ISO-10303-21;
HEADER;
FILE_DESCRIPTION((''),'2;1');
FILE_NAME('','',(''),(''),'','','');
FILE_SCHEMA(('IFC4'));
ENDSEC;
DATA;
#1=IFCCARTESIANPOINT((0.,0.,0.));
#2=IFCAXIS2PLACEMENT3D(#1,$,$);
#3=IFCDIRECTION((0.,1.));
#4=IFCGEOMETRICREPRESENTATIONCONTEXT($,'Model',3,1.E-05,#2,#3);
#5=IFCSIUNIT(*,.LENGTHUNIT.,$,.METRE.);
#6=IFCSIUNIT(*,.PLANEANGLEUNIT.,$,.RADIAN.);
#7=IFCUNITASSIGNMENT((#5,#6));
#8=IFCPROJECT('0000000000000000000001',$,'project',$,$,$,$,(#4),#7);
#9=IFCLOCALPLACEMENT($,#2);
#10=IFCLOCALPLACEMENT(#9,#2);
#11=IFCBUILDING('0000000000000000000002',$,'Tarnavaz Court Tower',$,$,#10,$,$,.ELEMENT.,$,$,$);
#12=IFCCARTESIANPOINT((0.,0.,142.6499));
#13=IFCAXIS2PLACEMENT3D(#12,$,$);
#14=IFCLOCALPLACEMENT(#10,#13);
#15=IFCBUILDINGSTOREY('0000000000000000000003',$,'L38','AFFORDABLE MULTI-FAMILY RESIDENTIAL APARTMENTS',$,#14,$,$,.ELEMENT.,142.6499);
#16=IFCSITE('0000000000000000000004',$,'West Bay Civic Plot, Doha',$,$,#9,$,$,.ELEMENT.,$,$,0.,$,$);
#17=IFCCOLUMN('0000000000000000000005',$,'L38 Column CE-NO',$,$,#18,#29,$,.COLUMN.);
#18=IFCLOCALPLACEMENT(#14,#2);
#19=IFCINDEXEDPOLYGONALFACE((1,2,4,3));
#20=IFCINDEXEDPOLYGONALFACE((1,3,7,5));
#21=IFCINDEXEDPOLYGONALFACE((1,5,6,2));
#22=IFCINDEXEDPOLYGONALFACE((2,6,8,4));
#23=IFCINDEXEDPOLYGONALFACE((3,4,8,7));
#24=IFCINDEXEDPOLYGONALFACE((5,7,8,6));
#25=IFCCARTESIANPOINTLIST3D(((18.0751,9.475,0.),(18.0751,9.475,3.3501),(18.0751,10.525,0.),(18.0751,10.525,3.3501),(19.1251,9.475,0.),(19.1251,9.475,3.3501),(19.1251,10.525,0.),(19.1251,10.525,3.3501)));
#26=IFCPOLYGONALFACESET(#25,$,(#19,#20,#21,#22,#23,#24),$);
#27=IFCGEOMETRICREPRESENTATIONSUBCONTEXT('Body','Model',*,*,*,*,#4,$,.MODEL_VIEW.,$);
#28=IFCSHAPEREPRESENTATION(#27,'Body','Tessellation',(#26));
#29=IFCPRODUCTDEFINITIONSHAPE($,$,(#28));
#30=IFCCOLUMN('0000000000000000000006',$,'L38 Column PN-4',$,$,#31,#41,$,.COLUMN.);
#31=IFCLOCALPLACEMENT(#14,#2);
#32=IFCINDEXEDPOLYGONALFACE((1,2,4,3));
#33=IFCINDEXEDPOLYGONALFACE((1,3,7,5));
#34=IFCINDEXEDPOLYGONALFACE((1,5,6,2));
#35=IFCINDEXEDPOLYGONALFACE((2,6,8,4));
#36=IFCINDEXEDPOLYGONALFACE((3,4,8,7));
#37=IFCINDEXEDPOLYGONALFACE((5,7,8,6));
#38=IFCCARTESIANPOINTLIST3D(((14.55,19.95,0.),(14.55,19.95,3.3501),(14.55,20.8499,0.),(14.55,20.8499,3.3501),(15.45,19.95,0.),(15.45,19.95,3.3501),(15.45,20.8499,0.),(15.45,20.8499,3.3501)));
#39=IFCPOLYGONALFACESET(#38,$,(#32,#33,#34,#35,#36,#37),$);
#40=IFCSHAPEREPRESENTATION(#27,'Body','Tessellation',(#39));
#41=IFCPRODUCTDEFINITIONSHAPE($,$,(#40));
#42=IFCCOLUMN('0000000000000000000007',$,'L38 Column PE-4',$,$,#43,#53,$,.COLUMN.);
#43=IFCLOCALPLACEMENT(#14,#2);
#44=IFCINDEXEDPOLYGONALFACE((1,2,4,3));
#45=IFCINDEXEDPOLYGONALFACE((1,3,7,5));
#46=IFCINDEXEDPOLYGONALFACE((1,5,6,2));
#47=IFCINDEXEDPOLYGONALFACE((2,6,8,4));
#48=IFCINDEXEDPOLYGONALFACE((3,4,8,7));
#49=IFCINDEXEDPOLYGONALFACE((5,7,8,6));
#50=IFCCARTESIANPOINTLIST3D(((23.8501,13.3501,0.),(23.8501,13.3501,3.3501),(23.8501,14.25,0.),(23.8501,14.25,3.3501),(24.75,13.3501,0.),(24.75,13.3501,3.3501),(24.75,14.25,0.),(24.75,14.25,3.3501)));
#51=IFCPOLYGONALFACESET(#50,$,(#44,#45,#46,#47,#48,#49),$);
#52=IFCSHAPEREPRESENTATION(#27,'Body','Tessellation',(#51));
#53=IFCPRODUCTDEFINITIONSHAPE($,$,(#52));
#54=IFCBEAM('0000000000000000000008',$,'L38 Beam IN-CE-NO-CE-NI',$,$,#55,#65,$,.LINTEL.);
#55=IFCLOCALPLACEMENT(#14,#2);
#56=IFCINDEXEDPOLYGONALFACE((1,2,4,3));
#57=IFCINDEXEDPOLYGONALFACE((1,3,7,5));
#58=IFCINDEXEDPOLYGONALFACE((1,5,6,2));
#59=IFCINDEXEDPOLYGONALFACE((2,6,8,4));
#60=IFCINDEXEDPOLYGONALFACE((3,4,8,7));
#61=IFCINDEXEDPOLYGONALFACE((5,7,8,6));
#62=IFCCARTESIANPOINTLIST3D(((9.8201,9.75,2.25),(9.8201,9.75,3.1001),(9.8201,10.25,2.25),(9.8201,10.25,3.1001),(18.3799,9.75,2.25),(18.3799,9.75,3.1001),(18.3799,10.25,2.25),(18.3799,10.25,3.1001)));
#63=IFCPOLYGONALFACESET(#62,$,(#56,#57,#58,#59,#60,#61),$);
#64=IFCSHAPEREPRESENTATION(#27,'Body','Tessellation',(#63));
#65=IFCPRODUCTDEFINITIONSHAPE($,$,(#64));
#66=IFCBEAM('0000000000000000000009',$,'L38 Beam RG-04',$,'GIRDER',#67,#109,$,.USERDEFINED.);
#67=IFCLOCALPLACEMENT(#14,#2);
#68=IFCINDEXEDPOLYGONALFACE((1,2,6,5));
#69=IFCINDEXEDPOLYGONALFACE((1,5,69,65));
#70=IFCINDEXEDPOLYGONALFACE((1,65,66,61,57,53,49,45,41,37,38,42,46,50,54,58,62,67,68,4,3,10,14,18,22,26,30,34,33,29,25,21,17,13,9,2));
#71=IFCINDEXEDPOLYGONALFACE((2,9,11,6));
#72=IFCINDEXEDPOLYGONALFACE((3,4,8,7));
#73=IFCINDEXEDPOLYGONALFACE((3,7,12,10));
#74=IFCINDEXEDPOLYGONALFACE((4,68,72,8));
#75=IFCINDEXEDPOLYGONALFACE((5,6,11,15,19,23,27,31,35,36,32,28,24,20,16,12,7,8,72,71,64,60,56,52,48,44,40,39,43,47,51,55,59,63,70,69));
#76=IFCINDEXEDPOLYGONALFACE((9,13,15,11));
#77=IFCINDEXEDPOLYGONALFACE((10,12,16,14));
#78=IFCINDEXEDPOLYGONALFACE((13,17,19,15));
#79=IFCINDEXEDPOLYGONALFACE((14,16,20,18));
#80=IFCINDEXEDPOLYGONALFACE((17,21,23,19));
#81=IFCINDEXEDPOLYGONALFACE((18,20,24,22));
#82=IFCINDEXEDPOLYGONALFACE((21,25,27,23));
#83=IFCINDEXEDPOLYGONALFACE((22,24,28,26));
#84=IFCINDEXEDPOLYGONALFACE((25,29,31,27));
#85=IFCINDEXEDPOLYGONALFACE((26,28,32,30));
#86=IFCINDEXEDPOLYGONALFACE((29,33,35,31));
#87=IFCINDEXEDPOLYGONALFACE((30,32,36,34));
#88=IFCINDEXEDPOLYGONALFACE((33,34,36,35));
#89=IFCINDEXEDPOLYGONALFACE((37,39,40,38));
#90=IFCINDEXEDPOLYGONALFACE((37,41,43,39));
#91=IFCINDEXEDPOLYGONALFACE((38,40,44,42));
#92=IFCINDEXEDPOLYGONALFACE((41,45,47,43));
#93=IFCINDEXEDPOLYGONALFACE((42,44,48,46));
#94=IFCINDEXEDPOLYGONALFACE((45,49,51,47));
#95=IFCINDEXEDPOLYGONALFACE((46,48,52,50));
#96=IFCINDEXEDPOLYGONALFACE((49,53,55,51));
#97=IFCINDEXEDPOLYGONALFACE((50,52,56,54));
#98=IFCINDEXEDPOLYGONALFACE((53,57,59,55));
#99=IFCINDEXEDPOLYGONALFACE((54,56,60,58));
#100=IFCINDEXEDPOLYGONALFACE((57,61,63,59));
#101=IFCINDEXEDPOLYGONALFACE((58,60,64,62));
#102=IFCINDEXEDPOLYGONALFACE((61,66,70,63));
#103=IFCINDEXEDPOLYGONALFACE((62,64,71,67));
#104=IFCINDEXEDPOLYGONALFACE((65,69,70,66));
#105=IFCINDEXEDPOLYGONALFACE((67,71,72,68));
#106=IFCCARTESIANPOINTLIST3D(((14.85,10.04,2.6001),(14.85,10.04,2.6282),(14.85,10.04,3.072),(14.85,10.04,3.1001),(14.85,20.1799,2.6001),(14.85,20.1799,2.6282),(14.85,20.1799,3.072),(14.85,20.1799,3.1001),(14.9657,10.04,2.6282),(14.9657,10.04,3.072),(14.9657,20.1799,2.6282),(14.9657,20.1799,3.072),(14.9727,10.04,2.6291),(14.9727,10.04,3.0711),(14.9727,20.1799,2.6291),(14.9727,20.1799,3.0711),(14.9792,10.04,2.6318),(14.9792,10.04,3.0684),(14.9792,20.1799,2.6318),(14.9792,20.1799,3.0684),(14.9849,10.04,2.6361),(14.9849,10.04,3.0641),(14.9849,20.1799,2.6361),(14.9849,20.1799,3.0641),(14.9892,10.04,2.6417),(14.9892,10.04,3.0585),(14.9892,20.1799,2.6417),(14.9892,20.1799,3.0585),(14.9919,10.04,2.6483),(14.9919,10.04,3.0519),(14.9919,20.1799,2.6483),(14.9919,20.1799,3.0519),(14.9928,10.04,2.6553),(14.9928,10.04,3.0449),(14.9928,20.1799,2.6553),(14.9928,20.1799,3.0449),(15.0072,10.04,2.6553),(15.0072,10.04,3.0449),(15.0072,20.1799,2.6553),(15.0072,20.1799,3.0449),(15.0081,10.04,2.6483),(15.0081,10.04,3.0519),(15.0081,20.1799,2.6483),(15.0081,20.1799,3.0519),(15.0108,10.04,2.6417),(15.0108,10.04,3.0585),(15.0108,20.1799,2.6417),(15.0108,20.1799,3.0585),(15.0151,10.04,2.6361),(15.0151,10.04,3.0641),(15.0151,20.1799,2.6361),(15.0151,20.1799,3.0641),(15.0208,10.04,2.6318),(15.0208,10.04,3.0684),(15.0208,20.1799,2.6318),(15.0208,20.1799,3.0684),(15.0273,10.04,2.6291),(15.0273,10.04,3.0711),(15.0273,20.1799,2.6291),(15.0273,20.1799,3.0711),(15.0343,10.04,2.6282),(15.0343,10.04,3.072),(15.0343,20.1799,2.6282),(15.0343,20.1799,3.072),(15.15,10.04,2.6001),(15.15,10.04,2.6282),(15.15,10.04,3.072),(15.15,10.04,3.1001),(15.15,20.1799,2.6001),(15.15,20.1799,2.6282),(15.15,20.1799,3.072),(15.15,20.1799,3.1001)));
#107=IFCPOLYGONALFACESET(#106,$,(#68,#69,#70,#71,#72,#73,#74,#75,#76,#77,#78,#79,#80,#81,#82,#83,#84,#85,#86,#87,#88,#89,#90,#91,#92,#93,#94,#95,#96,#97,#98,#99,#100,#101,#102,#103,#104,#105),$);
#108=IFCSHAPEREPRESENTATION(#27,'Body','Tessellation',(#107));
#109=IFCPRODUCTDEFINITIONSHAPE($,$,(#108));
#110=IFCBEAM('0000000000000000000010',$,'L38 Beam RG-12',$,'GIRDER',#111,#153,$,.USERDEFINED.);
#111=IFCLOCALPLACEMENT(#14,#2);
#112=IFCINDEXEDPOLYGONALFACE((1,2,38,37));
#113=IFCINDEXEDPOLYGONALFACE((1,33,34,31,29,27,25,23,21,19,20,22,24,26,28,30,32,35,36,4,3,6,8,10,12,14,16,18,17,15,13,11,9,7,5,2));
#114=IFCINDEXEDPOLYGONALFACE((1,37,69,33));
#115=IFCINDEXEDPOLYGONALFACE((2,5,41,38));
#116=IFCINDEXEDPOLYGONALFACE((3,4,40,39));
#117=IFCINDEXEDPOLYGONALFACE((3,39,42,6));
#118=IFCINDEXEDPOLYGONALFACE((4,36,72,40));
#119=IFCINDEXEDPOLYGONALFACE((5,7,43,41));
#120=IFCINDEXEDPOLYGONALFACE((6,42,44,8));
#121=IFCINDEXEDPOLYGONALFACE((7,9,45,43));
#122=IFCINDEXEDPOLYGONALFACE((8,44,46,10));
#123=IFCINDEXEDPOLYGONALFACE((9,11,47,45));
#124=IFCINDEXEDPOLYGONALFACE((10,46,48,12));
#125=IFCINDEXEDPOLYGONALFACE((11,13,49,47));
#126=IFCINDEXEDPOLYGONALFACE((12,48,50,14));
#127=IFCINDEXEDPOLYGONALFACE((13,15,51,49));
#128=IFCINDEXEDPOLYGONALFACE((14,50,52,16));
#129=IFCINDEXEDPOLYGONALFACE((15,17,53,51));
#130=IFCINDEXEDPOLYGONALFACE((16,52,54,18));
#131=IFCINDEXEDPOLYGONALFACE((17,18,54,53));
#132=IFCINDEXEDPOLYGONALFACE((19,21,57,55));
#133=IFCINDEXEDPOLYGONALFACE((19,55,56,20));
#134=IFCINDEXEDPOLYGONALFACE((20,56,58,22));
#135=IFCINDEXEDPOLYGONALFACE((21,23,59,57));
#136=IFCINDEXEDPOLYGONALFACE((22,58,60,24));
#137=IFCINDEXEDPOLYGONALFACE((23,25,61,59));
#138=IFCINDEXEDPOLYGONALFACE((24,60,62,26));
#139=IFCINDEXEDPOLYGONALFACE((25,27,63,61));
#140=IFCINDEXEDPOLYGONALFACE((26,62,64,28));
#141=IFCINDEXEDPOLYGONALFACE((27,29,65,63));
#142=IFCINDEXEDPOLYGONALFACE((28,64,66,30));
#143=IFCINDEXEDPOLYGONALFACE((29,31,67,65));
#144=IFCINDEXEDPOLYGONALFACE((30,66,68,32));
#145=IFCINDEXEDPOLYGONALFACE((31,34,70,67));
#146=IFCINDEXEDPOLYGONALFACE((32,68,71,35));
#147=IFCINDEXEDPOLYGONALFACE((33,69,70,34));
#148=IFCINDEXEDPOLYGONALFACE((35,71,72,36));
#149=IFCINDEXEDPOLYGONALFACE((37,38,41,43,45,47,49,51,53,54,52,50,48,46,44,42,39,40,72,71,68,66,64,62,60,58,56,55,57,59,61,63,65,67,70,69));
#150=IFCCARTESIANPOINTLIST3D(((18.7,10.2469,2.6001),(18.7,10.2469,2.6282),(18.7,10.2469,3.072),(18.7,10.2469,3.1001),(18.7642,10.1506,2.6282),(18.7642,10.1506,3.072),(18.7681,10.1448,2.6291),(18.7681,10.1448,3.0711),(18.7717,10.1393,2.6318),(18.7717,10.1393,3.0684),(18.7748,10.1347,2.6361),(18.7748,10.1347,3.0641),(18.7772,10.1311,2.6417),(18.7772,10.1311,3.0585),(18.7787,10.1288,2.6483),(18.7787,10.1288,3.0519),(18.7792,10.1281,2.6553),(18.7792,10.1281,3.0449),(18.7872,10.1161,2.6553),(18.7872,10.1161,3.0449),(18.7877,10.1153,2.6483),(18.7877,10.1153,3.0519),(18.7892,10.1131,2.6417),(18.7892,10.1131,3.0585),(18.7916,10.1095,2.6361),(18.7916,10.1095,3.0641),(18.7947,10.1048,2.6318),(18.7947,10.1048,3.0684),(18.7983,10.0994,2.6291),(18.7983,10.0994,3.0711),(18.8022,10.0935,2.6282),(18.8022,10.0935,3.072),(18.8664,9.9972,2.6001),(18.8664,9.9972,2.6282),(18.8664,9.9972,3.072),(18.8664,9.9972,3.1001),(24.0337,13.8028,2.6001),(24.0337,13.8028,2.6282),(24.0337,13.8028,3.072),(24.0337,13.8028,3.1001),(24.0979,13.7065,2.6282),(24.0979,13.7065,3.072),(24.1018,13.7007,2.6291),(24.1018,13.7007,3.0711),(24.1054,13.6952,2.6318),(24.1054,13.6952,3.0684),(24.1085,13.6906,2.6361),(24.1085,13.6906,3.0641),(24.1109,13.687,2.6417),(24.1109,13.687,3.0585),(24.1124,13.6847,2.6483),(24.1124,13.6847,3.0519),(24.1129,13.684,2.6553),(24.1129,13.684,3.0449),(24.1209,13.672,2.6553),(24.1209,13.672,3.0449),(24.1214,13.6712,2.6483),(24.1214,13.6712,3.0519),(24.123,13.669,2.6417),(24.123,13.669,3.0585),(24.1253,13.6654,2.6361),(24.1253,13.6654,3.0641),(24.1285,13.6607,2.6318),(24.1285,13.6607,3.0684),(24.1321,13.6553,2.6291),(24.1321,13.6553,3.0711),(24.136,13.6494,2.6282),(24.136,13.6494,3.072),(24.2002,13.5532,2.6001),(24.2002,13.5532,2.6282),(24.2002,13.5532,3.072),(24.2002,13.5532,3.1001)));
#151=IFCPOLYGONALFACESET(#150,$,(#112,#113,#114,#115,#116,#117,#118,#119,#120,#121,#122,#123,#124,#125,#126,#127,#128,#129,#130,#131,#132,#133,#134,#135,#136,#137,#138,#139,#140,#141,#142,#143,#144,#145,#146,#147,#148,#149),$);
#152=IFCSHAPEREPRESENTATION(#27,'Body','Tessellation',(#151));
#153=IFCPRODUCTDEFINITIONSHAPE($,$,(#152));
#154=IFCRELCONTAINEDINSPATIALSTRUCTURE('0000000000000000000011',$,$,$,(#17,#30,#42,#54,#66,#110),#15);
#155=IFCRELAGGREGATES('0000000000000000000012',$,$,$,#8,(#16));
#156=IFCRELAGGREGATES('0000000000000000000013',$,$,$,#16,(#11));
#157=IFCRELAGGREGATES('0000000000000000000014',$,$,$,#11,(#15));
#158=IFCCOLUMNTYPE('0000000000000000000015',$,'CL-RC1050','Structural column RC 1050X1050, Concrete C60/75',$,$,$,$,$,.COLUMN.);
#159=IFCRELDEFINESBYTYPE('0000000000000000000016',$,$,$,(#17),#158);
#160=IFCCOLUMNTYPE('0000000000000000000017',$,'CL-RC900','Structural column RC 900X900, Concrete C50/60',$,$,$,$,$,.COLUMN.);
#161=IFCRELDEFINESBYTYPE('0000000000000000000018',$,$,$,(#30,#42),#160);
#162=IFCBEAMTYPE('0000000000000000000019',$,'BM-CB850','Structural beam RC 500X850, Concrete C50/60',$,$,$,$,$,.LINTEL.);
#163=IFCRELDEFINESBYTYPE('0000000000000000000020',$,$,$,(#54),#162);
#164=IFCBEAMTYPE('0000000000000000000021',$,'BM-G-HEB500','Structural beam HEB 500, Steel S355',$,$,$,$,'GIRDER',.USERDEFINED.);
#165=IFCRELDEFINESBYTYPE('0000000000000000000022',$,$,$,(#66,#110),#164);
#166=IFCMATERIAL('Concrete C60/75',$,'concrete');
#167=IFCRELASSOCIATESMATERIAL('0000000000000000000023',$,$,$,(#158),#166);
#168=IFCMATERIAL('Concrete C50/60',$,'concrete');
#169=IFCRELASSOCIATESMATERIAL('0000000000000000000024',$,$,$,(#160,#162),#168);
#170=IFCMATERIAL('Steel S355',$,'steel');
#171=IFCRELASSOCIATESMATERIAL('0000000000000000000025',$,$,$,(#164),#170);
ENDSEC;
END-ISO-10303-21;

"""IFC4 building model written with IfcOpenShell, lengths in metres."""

from ifc_helpers import new_model, si_unit, direction, frame, origin, origin_2d, place, context, subcontext, project, spatial, rectangle, i_section, extrude, material, material_profile, profile_set, type_object, element, save


model = new_model("IFC4")

# Units and contexts
model_context = context("Model", 3, precision=1e-05, world=origin(), true_north=direction((0.0, 1.0)))
body_context = subcontext(model_context, "Body", "Model", "MODEL_VIEW")
ifc_project = project(units=[si_unit("LENGTHUNIT", "METRE"), si_unit("PLANEANGLEUNIT", "RADIAN")], contexts=[model_context])

# Site, building, storey
site_placement = place(None, origin())
site = spatial("IfcSite", under=ifc_project, at=site_placement, Name="West Bay Civic Plot, Doha", CompositionType="ELEMENT", RefElevation=0.0)
building_placement = place(site_placement, origin())
building = spatial("IfcBuilding", under=site, at=building_placement, Name="Tarnavaz Court Tower", CompositionType="ELEMENT")
storey_placement = place(building_placement, frame((0.0, 0.0, 142.6499)))
storey = spatial("IfcBuildingStorey", under=building, at=storey_placement, Name="L38", Description="AFFORDABLE MULTI-FAMILY RESIDENTIAL APARTMENTS", CompositionType="ELEMENT", Elevation=142.6499)

# Columns
ifc_material_1 = material(Name="Concrete C60/75", Category="concrete")
ifc_material_profile_1 = material_profile(ifc_material_1, rectangle(XDim=1.05, YDim=1.05, at=origin_2d()), Name="RC 1050X1050")
ifc_profile_set_1 = profile_set([ifc_material_profile_1], Name="Concrete C60/75")
column_type_1 = type_object("IfcColumnType", Name="CL-RC1050", Description="Structural column RC 1050X1050, Concrete C60/75", PredefinedType="COLUMN", material=ifc_profile_set_1)
column_placement = place(storey_placement, frame((18.6001, 10.0, 0.0), z_axis=(0.0, 0.0, 1.0), x_axis=(1.0, 0.0, 0.0)))
element("IfcColumn", 1, at=column_placement, inside=storey, type_object=column_type_1, Name="L38 Column CE-NO", PredefinedType="COLUMN", context=body_context, shape_type="SweptSolid", body=[
    extrude(rectangle(XDim=1.05, YDim=1.05, at=origin_2d()), origin(), (0.0, 0.0, 1.0), 3.3501),
])
ifc_material_2 = material(Name="Concrete C50/60", Category="concrete")
ifc_material_profile_2 = material_profile(ifc_material_2, rectangle(XDim=0.8999, YDim=0.8999, at=origin_2d()), Name="RC 900X900")
ifc_profile_set_2 = profile_set([ifc_material_profile_2], Name="Concrete C50/60")
column_type_2 = type_object("IfcColumnType", Name="CL-RC900", Description="Structural column RC 900X900, Concrete C50/60", PredefinedType="COLUMN", material=ifc_profile_set_2)
for number, where, z_axis, x_axis, name in (
    (2, (15.0, 20.3999, 0.0), (0.0, 0.0, 1.0), (1.0, 0.0, 0.0), "L38 Column PN-4"),
    (3, (24.3, 13.8, 0.0), (0.0, 0.0, 1.0), (1.0, 0.0, 0.0), "L38 Column PE-4"),
):
    element("IfcColumn", number, at=place(storey_placement, frame(where, z_axis=z_axis, x_axis=x_axis)), inside=storey, type_object=column_type_2, Name=name, PredefinedType="COLUMN", context=body_context, shape_type="SweptSolid", body=[
        extrude(rectangle(XDim=0.8999, YDim=0.8999, at=origin_2d()), origin(), (0.0, 0.0, 1.0), 3.3501),
    ])

# Beams
ifc_material_profile_3 = material_profile(ifc_material_2, rectangle(XDim=0.5, YDim=0.8501, at=origin_2d()), Name="RC 500X850")
ifc_profile_set_3 = profile_set([ifc_material_profile_3], Name="Concrete C50/60")
beam_type_1 = type_object("IfcBeamType", Name="BM-CB850", Description="Structural beam RC 500X850, Concrete C50/60", PredefinedType="LINTEL", material=ifc_profile_set_3)
beam_1_placement = place(storey_placement, frame((18.3799, 10.0, 2.675), z_axis=(-1.0, 0.0, 0.0), x_axis=(0.0, -1.0, 0.0)))
element("IfcBeam", 4, at=beam_1_placement, inside=storey, type_object=beam_type_1, Name="L38 Beam IN-CE-NO-CE-NI", PredefinedType="LINTEL", context=body_context, shape_type="SweptSolid", body=[
    extrude(rectangle(XDim=0.5, YDim=0.8501, at=origin_2d()), origin(), (0.0, 0.0, 1.0), 8.5598),
])
ifc_material_3 = material(Name="Steel S355", Category="steel")
ifc_material_profile_4 = material_profile(ifc_material_3, i_section(OverallWidth=0.3, OverallDepth=0.5, WebThickness=0.0144, FlangeThickness=0.0281, FilletRadius=0.0271, at=origin_2d()), Name="HEB 500")
ifc_profile_set_4 = profile_set([ifc_material_profile_4], Name="Steel S355")
beam_type_2 = type_object("IfcBeamType", Name="BM-G-HEB500", Description="Structural beam HEB 500, Steel S355", ElementType="GIRDER", PredefinedType="USERDEFINED", material=ifc_profile_set_4)
beam_2_placement = place(storey_placement, frame((15.0, 10.04, 2.8501), z_axis=(0.0, 1.0, 0.0), x_axis=(-1.0, 0.0, 0.0)))
element("IfcBeam", 5, at=beam_2_placement, inside=storey, type_object=beam_type_2, Name="L38 Beam RG-04", ObjectType="GIRDER", PredefinedType="USERDEFINED", context=body_context, shape_type="SweptSolid", body=[
    extrude(i_section(OverallWidth=0.3, OverallDepth=0.5, WebThickness=0.0144, FlangeThickness=0.0281, FilletRadius=0.0271, at=origin_2d()), origin(), (0.0, 0.0, 1.0), 10.1399),
])
beam_3_placement = place(storey_placement, frame((18.7832, 10.1221, 2.8501), z_axis=(0.832044, 0.554709, 0.0), x_axis=(-0.554709, 0.832044, 0.0)))
element("IfcBeam", 6, at=beam_3_placement, inside=storey, type_object=beam_type_2, Name="L38 Beam RG-12", ObjectType="GIRDER", PredefinedType="USERDEFINED", context=body_context, shape_type="SweptSolid", body=[
    extrude(i_section(OverallWidth=0.3, OverallDepth=0.5, WebThickness=0.0144, FlangeThickness=0.0281, FilletRadius=0.0271, at=origin_2d()), origin(), (0.0, 0.0, 1.0), 6.4104),
])

save(model, "model.ifc")
